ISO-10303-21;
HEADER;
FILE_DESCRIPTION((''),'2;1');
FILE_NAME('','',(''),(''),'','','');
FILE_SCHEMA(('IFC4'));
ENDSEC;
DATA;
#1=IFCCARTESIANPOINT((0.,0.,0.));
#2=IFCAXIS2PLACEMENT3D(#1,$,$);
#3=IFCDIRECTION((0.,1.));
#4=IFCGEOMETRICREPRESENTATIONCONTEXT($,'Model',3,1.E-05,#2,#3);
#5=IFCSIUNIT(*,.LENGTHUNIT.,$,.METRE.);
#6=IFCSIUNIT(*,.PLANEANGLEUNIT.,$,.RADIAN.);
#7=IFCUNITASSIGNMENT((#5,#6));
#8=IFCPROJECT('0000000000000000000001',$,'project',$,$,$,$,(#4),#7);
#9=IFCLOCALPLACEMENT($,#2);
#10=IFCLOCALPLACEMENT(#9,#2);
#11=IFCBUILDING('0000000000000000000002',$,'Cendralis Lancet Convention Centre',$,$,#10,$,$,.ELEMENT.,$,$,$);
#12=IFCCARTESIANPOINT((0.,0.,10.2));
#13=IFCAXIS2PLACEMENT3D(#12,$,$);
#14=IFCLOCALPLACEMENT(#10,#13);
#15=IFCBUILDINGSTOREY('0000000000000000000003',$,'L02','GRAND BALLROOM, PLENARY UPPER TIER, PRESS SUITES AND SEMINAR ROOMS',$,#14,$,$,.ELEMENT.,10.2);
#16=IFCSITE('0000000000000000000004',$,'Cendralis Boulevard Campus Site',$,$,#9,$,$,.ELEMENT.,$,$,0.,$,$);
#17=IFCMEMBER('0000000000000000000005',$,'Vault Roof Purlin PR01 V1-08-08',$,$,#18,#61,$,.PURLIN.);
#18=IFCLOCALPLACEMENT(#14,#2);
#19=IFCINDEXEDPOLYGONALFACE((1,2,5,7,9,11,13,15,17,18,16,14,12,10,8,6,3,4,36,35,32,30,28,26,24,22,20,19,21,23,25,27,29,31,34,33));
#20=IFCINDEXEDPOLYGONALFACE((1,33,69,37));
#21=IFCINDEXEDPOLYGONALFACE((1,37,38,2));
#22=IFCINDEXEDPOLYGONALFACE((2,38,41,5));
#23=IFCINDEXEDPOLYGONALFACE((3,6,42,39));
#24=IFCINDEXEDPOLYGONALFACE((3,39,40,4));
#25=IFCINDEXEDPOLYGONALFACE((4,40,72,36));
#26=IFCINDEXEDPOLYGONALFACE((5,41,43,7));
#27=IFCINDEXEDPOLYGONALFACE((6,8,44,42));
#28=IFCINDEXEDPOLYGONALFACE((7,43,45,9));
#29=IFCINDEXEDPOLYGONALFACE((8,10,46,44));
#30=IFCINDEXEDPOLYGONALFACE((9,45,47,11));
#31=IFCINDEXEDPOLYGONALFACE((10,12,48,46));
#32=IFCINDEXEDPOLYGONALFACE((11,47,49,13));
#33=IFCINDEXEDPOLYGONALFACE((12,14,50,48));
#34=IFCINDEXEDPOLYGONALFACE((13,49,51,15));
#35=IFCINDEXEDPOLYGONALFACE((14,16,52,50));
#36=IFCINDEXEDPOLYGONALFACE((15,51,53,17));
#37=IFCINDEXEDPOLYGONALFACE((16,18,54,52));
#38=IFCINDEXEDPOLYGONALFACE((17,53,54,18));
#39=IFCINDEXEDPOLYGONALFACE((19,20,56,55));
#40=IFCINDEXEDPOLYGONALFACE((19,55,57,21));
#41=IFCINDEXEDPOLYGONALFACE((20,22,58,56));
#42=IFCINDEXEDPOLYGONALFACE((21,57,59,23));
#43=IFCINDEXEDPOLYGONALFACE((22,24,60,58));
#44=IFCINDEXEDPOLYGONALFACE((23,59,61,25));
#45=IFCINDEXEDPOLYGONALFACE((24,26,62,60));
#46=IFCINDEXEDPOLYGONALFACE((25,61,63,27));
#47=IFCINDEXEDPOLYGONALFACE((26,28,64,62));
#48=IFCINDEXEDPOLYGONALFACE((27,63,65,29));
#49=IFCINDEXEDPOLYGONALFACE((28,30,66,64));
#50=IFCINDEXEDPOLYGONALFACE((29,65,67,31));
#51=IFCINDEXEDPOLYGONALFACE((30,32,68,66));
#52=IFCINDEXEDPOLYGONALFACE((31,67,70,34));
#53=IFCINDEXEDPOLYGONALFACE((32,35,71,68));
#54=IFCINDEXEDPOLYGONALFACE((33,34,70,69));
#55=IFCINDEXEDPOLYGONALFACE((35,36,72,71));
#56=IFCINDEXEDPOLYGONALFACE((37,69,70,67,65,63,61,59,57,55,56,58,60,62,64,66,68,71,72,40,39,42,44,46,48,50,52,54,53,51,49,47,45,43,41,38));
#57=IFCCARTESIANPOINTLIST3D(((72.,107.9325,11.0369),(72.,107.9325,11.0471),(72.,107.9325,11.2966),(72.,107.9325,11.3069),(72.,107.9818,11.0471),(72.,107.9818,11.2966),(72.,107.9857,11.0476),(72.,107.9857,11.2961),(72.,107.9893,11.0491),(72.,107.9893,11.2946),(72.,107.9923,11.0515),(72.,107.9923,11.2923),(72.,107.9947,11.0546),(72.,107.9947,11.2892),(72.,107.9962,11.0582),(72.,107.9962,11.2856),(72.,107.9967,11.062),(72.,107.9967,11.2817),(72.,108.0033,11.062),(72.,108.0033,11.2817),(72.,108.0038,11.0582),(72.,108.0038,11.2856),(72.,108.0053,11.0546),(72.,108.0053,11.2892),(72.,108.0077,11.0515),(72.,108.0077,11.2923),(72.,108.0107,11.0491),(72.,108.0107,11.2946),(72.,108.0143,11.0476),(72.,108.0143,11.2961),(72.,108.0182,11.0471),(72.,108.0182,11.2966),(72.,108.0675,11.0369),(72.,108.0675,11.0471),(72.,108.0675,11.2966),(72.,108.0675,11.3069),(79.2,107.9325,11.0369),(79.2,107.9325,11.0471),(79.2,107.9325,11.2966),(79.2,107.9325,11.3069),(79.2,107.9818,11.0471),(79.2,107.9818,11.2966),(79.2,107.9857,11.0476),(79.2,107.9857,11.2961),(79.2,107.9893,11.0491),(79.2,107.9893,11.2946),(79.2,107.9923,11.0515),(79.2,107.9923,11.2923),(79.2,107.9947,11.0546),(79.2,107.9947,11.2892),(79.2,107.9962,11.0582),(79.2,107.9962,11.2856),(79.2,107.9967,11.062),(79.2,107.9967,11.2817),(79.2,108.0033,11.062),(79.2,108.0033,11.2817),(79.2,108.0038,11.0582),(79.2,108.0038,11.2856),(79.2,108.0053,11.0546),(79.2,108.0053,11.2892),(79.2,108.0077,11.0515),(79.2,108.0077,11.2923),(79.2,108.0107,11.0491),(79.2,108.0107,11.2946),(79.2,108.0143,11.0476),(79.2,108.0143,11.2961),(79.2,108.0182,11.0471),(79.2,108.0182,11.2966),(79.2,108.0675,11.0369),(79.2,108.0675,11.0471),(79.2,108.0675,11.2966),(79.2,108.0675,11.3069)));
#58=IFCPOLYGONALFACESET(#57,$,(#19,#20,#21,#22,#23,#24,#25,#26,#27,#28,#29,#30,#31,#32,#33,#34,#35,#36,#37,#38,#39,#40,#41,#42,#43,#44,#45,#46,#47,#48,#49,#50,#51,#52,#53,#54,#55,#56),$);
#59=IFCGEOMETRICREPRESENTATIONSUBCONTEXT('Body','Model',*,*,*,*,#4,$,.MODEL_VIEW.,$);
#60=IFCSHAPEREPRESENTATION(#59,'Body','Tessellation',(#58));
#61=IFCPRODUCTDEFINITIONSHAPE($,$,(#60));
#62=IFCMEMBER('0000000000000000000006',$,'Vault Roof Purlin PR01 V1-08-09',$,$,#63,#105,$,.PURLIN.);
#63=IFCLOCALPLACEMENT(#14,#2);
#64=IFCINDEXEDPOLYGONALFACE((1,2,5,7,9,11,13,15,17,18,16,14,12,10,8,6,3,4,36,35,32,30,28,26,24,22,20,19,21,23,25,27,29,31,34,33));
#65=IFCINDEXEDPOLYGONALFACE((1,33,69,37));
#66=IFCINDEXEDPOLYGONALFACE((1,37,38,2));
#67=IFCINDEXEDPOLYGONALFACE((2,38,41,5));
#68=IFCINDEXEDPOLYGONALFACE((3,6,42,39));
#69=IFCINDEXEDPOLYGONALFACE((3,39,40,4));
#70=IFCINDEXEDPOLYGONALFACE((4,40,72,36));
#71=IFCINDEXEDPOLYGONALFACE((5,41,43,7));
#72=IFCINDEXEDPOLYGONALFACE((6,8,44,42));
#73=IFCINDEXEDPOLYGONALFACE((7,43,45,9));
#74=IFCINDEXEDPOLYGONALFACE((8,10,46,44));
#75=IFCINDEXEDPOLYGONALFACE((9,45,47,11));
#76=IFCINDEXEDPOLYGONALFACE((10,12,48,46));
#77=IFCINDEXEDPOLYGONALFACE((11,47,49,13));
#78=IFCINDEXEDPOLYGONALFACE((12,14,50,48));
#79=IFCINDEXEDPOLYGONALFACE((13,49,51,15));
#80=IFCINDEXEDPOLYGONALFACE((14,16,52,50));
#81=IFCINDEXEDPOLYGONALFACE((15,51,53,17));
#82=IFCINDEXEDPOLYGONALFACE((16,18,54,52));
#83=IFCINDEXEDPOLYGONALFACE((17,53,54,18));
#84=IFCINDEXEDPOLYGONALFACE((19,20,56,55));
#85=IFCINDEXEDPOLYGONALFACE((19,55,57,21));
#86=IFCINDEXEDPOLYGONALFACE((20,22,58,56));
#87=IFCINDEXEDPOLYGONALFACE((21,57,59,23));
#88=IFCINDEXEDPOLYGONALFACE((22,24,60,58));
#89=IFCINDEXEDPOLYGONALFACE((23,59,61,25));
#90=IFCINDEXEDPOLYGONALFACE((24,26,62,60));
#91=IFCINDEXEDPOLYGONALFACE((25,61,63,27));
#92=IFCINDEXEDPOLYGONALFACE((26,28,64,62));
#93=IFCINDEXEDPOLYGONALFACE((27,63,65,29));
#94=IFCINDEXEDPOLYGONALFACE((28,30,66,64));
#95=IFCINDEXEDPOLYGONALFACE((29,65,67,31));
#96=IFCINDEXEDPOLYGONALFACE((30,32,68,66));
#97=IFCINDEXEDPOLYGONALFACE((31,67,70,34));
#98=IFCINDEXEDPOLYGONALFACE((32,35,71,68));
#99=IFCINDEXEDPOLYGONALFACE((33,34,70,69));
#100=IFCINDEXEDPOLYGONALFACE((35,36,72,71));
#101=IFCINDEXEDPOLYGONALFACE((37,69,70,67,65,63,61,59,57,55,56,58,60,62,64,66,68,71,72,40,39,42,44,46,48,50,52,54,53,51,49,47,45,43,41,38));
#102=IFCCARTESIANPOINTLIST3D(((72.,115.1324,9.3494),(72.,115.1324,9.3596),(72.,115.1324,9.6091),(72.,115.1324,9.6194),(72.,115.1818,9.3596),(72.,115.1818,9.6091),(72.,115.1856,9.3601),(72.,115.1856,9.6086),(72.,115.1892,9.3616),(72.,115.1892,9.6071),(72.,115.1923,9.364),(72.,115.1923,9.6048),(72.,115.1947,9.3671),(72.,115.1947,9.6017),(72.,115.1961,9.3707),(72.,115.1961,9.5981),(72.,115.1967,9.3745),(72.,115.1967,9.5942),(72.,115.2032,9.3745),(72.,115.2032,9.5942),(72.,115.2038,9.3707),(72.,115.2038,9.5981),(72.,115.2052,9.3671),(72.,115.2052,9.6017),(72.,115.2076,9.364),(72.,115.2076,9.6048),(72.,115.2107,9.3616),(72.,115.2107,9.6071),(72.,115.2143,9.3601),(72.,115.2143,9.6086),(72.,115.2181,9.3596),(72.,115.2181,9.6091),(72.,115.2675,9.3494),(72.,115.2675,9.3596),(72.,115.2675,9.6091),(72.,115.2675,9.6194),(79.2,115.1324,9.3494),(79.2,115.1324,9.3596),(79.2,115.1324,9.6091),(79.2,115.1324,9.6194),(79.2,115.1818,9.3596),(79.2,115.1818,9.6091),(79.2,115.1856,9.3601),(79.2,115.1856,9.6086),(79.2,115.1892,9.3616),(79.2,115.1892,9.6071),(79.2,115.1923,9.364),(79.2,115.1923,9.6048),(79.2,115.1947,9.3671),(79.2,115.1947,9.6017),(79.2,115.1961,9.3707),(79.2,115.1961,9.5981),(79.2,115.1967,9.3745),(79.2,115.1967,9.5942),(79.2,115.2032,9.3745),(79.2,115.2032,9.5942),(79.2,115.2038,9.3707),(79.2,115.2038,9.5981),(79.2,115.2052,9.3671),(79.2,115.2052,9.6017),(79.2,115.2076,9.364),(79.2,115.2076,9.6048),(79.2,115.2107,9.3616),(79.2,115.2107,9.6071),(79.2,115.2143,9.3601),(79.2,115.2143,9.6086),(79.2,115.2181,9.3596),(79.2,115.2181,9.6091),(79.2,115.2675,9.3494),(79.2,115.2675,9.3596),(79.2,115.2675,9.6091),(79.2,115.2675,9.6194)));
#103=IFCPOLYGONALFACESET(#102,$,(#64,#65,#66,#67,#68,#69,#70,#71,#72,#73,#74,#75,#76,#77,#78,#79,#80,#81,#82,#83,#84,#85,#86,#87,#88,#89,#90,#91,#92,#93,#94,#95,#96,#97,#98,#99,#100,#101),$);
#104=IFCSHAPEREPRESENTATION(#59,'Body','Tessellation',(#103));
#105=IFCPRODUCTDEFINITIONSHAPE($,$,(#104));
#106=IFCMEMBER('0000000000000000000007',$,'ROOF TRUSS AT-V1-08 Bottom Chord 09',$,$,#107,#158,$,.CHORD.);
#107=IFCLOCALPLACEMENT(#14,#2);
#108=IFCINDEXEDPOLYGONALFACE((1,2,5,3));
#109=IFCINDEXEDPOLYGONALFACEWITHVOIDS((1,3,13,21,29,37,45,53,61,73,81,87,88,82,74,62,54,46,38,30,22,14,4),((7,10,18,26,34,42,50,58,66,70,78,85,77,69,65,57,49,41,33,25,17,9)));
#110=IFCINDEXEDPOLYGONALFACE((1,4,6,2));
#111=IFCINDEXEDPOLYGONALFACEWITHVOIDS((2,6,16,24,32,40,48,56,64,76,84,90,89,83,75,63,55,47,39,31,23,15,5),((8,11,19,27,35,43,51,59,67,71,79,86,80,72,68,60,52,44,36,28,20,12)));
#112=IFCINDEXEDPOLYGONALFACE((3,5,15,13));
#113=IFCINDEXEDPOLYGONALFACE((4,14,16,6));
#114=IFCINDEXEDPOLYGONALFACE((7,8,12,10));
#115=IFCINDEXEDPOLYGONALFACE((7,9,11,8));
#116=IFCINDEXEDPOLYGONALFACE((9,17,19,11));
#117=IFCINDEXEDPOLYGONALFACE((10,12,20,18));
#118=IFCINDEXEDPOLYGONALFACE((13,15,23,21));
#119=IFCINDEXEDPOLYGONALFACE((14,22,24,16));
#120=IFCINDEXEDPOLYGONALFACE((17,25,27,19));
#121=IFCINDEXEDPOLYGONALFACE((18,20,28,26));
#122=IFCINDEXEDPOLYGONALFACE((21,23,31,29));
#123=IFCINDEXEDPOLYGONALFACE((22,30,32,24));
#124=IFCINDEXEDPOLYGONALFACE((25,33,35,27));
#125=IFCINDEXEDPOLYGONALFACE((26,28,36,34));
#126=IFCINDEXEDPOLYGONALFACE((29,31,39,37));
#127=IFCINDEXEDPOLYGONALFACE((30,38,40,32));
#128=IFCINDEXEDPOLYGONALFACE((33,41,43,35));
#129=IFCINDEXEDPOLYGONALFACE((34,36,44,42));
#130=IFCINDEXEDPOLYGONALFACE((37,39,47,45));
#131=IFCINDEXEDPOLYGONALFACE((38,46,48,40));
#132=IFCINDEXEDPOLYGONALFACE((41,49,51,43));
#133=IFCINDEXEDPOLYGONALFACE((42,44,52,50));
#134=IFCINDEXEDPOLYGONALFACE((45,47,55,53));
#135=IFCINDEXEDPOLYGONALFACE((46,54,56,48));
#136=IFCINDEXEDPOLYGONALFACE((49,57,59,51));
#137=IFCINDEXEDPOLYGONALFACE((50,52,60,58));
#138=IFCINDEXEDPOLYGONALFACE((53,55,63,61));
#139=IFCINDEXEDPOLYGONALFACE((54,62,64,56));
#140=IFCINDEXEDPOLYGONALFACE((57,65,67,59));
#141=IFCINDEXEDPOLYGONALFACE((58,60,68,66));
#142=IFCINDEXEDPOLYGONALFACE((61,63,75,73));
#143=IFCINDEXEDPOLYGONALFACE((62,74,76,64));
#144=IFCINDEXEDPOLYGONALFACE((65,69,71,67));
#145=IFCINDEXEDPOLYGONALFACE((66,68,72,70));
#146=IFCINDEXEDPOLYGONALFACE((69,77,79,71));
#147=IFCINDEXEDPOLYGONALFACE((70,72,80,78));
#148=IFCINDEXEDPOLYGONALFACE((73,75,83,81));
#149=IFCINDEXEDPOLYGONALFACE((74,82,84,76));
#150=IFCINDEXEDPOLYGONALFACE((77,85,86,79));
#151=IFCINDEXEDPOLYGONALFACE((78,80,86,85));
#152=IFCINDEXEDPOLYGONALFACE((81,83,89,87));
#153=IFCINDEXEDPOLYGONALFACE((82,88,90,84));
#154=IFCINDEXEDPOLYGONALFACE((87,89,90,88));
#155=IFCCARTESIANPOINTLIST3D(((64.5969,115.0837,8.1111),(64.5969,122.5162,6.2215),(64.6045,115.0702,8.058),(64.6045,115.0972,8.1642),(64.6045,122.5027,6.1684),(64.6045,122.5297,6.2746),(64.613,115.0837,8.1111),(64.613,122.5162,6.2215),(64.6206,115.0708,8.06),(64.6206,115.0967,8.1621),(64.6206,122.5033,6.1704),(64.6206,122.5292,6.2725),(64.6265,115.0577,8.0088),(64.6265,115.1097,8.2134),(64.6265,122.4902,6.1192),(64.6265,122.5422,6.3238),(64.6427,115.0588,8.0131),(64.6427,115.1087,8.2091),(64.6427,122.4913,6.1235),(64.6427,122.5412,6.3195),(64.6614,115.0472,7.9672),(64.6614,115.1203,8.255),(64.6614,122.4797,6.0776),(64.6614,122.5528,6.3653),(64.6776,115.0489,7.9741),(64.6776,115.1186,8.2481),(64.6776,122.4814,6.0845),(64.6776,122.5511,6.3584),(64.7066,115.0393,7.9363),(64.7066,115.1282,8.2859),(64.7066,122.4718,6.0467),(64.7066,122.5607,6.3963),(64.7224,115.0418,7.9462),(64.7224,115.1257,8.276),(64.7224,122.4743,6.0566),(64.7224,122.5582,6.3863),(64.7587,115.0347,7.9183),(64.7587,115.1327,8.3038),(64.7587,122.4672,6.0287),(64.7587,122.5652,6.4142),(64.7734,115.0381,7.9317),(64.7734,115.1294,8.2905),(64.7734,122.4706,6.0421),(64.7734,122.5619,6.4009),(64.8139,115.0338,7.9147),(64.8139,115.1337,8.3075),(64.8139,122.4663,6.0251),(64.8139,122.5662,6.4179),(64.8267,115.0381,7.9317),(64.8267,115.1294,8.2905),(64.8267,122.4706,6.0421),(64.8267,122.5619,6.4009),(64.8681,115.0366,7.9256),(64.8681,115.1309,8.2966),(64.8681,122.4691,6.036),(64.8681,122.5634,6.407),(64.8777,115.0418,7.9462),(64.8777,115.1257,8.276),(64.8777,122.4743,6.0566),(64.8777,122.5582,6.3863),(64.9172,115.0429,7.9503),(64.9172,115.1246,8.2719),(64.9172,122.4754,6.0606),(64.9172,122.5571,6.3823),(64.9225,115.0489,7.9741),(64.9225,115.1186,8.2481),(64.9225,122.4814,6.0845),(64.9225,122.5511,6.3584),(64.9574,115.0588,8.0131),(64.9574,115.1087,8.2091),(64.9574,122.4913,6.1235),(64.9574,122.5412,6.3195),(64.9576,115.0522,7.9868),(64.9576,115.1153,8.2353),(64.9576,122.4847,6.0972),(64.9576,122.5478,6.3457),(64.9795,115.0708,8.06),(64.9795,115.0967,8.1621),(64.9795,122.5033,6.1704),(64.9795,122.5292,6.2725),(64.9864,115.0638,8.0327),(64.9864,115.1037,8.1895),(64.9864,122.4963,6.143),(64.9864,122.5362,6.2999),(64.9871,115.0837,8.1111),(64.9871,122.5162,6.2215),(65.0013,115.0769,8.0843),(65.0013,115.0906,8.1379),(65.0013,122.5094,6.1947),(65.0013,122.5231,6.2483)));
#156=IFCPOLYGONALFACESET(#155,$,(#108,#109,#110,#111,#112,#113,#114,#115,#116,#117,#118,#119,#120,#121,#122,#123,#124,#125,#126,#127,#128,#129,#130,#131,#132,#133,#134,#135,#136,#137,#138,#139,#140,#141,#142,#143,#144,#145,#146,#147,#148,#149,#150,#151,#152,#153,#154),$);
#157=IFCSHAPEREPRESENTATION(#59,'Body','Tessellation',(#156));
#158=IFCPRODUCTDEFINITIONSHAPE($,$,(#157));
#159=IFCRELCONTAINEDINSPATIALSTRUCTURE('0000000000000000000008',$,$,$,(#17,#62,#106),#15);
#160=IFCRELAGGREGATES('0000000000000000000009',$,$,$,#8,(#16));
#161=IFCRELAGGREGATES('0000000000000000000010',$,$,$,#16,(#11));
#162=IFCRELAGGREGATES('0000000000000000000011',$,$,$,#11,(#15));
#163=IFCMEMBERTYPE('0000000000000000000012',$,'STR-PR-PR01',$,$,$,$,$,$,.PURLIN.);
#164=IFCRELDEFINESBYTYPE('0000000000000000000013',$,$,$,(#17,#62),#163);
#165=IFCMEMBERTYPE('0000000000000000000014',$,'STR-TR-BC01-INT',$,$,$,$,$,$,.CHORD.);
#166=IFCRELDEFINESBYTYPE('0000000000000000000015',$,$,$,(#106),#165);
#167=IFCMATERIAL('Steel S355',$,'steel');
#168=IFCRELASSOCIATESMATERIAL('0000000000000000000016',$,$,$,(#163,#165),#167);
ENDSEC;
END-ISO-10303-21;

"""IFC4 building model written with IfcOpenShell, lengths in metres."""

from ifc_helpers import new_model, si_unit, direction, frame, origin, origin_2d, place, context, subcontext, project, spatial, hollow_circle, i_section, extrude, material, material_profile, profile_set, type_object, element, save


model = new_model("IFC4")

# Units and contexts
model_context = context("Model", 3, precision=1e-05, world=origin(), true_north=direction((0.0, 1.0)))
body_context = subcontext(model_context, "Body", "Model", "MODEL_VIEW")
ifc_project = project(units=[si_unit("LENGTHUNIT", "METRE"), si_unit("PLANEANGLEUNIT", "RADIAN")], contexts=[model_context])

# Site, building, storey
site_placement = place(None, origin())
site = spatial("IfcSite", under=ifc_project, at=site_placement, Name="Cendralis Boulevard Campus Site", CompositionType="ELEMENT", RefElevation=0.0)
building_placement = place(site_placement, origin())
building = spatial("IfcBuilding", under=site, at=building_placement, Name="Cendralis Lancet Convention Centre", CompositionType="ELEMENT")
storey_placement = place(building_placement, frame((0.0, 0.0, 10.2)))
storey = spatial("IfcBuildingStorey", under=building, at=storey_placement, Name="L02", Description="GRAND BALLROOM, PLENARY UPPER TIER, PRESS SUITES AND SEMINAR ROOMS", CompositionType="ELEMENT", Elevation=10.2)

# Members
ifc_material = material(Name="Steel S355", Category="steel")
ifc_material_profile_1 = material_profile(ifc_material, i_section(OverallWidth=0.135, OverallDepth=0.27, WebThickness=0.0066, FlangeThickness=0.0103, FilletRadius=0.0149, at=origin_2d()), Name="IPE 270")
ifc_profile_set_1 = profile_set([ifc_material_profile_1], Name="Steel S355")
member_type_1 = type_object("IfcMemberType", Name="STR-PR-PR01", PredefinedType="PURLIN", material=ifc_profile_set_1)
for number, where, z_axis, x_axis, name in (
    (1, (72.0, 108.0, 11.1719), (1.0, 0.0, 0.0), (0.0, 1.0, 0.0), "Vault Roof Purlin PR01 V1-08-08"),
    (2, (72.0, 115.2, 9.4844), (1.0, 0.0, 0.0), (0.0, 1.0, 0.0), "Vault Roof Purlin PR01 V1-08-09"),
):
    element("IfcMember", number, at=place(storey_placement, frame(where, z_axis=z_axis, x_axis=x_axis)), inside=storey, type_object=member_type_1, Name=name, PredefinedType="PURLIN", context=body_context, shape_type="SweptSolid", body=[
        extrude(i_section(OverallWidth=0.135, OverallDepth=0.27, WebThickness=0.0066, FlangeThickness=0.0103, FilletRadius=0.0149, at=origin_2d()), origin(), (0.0, 0.0, 1.0), 7.2),
    ])
ifc_material_profile_2 = material_profile(ifc_material, hollow_circle(Radius=0.2031, WallThickness=0.0161, at=origin_2d()), Name="CHS 406.4x16.0")
ifc_profile_set_2 = profile_set([ifc_material_profile_2], Name="Steel S355")
member_type_2 = type_object("IfcMemberType", Name="STR-TR-BC01-INT", PredefinedType="CHORD", material=ifc_profile_set_2)
member_1_placement = place(storey_placement, frame((64.8, 115.0837, 8.1111), z_axis=(0.0, 0.969169, -0.246399), x_axis=(-1.0, 0.0, 0.0)))
element("IfcMember", 3, at=member_1_placement, inside=storey, type_object=member_type_2, Name="ROOF TRUSS AT-V1-08 Bottom Chord 09", PredefinedType="CHORD", context=body_context, shape_type="SweptSolid", body=[
    extrude(hollow_circle(Radius=0.2031, WallThickness=0.0161, at=origin_2d()), origin(), (0.0, 0.0, 1.0), 7.6689),
])

save(model, "model.ifc")
